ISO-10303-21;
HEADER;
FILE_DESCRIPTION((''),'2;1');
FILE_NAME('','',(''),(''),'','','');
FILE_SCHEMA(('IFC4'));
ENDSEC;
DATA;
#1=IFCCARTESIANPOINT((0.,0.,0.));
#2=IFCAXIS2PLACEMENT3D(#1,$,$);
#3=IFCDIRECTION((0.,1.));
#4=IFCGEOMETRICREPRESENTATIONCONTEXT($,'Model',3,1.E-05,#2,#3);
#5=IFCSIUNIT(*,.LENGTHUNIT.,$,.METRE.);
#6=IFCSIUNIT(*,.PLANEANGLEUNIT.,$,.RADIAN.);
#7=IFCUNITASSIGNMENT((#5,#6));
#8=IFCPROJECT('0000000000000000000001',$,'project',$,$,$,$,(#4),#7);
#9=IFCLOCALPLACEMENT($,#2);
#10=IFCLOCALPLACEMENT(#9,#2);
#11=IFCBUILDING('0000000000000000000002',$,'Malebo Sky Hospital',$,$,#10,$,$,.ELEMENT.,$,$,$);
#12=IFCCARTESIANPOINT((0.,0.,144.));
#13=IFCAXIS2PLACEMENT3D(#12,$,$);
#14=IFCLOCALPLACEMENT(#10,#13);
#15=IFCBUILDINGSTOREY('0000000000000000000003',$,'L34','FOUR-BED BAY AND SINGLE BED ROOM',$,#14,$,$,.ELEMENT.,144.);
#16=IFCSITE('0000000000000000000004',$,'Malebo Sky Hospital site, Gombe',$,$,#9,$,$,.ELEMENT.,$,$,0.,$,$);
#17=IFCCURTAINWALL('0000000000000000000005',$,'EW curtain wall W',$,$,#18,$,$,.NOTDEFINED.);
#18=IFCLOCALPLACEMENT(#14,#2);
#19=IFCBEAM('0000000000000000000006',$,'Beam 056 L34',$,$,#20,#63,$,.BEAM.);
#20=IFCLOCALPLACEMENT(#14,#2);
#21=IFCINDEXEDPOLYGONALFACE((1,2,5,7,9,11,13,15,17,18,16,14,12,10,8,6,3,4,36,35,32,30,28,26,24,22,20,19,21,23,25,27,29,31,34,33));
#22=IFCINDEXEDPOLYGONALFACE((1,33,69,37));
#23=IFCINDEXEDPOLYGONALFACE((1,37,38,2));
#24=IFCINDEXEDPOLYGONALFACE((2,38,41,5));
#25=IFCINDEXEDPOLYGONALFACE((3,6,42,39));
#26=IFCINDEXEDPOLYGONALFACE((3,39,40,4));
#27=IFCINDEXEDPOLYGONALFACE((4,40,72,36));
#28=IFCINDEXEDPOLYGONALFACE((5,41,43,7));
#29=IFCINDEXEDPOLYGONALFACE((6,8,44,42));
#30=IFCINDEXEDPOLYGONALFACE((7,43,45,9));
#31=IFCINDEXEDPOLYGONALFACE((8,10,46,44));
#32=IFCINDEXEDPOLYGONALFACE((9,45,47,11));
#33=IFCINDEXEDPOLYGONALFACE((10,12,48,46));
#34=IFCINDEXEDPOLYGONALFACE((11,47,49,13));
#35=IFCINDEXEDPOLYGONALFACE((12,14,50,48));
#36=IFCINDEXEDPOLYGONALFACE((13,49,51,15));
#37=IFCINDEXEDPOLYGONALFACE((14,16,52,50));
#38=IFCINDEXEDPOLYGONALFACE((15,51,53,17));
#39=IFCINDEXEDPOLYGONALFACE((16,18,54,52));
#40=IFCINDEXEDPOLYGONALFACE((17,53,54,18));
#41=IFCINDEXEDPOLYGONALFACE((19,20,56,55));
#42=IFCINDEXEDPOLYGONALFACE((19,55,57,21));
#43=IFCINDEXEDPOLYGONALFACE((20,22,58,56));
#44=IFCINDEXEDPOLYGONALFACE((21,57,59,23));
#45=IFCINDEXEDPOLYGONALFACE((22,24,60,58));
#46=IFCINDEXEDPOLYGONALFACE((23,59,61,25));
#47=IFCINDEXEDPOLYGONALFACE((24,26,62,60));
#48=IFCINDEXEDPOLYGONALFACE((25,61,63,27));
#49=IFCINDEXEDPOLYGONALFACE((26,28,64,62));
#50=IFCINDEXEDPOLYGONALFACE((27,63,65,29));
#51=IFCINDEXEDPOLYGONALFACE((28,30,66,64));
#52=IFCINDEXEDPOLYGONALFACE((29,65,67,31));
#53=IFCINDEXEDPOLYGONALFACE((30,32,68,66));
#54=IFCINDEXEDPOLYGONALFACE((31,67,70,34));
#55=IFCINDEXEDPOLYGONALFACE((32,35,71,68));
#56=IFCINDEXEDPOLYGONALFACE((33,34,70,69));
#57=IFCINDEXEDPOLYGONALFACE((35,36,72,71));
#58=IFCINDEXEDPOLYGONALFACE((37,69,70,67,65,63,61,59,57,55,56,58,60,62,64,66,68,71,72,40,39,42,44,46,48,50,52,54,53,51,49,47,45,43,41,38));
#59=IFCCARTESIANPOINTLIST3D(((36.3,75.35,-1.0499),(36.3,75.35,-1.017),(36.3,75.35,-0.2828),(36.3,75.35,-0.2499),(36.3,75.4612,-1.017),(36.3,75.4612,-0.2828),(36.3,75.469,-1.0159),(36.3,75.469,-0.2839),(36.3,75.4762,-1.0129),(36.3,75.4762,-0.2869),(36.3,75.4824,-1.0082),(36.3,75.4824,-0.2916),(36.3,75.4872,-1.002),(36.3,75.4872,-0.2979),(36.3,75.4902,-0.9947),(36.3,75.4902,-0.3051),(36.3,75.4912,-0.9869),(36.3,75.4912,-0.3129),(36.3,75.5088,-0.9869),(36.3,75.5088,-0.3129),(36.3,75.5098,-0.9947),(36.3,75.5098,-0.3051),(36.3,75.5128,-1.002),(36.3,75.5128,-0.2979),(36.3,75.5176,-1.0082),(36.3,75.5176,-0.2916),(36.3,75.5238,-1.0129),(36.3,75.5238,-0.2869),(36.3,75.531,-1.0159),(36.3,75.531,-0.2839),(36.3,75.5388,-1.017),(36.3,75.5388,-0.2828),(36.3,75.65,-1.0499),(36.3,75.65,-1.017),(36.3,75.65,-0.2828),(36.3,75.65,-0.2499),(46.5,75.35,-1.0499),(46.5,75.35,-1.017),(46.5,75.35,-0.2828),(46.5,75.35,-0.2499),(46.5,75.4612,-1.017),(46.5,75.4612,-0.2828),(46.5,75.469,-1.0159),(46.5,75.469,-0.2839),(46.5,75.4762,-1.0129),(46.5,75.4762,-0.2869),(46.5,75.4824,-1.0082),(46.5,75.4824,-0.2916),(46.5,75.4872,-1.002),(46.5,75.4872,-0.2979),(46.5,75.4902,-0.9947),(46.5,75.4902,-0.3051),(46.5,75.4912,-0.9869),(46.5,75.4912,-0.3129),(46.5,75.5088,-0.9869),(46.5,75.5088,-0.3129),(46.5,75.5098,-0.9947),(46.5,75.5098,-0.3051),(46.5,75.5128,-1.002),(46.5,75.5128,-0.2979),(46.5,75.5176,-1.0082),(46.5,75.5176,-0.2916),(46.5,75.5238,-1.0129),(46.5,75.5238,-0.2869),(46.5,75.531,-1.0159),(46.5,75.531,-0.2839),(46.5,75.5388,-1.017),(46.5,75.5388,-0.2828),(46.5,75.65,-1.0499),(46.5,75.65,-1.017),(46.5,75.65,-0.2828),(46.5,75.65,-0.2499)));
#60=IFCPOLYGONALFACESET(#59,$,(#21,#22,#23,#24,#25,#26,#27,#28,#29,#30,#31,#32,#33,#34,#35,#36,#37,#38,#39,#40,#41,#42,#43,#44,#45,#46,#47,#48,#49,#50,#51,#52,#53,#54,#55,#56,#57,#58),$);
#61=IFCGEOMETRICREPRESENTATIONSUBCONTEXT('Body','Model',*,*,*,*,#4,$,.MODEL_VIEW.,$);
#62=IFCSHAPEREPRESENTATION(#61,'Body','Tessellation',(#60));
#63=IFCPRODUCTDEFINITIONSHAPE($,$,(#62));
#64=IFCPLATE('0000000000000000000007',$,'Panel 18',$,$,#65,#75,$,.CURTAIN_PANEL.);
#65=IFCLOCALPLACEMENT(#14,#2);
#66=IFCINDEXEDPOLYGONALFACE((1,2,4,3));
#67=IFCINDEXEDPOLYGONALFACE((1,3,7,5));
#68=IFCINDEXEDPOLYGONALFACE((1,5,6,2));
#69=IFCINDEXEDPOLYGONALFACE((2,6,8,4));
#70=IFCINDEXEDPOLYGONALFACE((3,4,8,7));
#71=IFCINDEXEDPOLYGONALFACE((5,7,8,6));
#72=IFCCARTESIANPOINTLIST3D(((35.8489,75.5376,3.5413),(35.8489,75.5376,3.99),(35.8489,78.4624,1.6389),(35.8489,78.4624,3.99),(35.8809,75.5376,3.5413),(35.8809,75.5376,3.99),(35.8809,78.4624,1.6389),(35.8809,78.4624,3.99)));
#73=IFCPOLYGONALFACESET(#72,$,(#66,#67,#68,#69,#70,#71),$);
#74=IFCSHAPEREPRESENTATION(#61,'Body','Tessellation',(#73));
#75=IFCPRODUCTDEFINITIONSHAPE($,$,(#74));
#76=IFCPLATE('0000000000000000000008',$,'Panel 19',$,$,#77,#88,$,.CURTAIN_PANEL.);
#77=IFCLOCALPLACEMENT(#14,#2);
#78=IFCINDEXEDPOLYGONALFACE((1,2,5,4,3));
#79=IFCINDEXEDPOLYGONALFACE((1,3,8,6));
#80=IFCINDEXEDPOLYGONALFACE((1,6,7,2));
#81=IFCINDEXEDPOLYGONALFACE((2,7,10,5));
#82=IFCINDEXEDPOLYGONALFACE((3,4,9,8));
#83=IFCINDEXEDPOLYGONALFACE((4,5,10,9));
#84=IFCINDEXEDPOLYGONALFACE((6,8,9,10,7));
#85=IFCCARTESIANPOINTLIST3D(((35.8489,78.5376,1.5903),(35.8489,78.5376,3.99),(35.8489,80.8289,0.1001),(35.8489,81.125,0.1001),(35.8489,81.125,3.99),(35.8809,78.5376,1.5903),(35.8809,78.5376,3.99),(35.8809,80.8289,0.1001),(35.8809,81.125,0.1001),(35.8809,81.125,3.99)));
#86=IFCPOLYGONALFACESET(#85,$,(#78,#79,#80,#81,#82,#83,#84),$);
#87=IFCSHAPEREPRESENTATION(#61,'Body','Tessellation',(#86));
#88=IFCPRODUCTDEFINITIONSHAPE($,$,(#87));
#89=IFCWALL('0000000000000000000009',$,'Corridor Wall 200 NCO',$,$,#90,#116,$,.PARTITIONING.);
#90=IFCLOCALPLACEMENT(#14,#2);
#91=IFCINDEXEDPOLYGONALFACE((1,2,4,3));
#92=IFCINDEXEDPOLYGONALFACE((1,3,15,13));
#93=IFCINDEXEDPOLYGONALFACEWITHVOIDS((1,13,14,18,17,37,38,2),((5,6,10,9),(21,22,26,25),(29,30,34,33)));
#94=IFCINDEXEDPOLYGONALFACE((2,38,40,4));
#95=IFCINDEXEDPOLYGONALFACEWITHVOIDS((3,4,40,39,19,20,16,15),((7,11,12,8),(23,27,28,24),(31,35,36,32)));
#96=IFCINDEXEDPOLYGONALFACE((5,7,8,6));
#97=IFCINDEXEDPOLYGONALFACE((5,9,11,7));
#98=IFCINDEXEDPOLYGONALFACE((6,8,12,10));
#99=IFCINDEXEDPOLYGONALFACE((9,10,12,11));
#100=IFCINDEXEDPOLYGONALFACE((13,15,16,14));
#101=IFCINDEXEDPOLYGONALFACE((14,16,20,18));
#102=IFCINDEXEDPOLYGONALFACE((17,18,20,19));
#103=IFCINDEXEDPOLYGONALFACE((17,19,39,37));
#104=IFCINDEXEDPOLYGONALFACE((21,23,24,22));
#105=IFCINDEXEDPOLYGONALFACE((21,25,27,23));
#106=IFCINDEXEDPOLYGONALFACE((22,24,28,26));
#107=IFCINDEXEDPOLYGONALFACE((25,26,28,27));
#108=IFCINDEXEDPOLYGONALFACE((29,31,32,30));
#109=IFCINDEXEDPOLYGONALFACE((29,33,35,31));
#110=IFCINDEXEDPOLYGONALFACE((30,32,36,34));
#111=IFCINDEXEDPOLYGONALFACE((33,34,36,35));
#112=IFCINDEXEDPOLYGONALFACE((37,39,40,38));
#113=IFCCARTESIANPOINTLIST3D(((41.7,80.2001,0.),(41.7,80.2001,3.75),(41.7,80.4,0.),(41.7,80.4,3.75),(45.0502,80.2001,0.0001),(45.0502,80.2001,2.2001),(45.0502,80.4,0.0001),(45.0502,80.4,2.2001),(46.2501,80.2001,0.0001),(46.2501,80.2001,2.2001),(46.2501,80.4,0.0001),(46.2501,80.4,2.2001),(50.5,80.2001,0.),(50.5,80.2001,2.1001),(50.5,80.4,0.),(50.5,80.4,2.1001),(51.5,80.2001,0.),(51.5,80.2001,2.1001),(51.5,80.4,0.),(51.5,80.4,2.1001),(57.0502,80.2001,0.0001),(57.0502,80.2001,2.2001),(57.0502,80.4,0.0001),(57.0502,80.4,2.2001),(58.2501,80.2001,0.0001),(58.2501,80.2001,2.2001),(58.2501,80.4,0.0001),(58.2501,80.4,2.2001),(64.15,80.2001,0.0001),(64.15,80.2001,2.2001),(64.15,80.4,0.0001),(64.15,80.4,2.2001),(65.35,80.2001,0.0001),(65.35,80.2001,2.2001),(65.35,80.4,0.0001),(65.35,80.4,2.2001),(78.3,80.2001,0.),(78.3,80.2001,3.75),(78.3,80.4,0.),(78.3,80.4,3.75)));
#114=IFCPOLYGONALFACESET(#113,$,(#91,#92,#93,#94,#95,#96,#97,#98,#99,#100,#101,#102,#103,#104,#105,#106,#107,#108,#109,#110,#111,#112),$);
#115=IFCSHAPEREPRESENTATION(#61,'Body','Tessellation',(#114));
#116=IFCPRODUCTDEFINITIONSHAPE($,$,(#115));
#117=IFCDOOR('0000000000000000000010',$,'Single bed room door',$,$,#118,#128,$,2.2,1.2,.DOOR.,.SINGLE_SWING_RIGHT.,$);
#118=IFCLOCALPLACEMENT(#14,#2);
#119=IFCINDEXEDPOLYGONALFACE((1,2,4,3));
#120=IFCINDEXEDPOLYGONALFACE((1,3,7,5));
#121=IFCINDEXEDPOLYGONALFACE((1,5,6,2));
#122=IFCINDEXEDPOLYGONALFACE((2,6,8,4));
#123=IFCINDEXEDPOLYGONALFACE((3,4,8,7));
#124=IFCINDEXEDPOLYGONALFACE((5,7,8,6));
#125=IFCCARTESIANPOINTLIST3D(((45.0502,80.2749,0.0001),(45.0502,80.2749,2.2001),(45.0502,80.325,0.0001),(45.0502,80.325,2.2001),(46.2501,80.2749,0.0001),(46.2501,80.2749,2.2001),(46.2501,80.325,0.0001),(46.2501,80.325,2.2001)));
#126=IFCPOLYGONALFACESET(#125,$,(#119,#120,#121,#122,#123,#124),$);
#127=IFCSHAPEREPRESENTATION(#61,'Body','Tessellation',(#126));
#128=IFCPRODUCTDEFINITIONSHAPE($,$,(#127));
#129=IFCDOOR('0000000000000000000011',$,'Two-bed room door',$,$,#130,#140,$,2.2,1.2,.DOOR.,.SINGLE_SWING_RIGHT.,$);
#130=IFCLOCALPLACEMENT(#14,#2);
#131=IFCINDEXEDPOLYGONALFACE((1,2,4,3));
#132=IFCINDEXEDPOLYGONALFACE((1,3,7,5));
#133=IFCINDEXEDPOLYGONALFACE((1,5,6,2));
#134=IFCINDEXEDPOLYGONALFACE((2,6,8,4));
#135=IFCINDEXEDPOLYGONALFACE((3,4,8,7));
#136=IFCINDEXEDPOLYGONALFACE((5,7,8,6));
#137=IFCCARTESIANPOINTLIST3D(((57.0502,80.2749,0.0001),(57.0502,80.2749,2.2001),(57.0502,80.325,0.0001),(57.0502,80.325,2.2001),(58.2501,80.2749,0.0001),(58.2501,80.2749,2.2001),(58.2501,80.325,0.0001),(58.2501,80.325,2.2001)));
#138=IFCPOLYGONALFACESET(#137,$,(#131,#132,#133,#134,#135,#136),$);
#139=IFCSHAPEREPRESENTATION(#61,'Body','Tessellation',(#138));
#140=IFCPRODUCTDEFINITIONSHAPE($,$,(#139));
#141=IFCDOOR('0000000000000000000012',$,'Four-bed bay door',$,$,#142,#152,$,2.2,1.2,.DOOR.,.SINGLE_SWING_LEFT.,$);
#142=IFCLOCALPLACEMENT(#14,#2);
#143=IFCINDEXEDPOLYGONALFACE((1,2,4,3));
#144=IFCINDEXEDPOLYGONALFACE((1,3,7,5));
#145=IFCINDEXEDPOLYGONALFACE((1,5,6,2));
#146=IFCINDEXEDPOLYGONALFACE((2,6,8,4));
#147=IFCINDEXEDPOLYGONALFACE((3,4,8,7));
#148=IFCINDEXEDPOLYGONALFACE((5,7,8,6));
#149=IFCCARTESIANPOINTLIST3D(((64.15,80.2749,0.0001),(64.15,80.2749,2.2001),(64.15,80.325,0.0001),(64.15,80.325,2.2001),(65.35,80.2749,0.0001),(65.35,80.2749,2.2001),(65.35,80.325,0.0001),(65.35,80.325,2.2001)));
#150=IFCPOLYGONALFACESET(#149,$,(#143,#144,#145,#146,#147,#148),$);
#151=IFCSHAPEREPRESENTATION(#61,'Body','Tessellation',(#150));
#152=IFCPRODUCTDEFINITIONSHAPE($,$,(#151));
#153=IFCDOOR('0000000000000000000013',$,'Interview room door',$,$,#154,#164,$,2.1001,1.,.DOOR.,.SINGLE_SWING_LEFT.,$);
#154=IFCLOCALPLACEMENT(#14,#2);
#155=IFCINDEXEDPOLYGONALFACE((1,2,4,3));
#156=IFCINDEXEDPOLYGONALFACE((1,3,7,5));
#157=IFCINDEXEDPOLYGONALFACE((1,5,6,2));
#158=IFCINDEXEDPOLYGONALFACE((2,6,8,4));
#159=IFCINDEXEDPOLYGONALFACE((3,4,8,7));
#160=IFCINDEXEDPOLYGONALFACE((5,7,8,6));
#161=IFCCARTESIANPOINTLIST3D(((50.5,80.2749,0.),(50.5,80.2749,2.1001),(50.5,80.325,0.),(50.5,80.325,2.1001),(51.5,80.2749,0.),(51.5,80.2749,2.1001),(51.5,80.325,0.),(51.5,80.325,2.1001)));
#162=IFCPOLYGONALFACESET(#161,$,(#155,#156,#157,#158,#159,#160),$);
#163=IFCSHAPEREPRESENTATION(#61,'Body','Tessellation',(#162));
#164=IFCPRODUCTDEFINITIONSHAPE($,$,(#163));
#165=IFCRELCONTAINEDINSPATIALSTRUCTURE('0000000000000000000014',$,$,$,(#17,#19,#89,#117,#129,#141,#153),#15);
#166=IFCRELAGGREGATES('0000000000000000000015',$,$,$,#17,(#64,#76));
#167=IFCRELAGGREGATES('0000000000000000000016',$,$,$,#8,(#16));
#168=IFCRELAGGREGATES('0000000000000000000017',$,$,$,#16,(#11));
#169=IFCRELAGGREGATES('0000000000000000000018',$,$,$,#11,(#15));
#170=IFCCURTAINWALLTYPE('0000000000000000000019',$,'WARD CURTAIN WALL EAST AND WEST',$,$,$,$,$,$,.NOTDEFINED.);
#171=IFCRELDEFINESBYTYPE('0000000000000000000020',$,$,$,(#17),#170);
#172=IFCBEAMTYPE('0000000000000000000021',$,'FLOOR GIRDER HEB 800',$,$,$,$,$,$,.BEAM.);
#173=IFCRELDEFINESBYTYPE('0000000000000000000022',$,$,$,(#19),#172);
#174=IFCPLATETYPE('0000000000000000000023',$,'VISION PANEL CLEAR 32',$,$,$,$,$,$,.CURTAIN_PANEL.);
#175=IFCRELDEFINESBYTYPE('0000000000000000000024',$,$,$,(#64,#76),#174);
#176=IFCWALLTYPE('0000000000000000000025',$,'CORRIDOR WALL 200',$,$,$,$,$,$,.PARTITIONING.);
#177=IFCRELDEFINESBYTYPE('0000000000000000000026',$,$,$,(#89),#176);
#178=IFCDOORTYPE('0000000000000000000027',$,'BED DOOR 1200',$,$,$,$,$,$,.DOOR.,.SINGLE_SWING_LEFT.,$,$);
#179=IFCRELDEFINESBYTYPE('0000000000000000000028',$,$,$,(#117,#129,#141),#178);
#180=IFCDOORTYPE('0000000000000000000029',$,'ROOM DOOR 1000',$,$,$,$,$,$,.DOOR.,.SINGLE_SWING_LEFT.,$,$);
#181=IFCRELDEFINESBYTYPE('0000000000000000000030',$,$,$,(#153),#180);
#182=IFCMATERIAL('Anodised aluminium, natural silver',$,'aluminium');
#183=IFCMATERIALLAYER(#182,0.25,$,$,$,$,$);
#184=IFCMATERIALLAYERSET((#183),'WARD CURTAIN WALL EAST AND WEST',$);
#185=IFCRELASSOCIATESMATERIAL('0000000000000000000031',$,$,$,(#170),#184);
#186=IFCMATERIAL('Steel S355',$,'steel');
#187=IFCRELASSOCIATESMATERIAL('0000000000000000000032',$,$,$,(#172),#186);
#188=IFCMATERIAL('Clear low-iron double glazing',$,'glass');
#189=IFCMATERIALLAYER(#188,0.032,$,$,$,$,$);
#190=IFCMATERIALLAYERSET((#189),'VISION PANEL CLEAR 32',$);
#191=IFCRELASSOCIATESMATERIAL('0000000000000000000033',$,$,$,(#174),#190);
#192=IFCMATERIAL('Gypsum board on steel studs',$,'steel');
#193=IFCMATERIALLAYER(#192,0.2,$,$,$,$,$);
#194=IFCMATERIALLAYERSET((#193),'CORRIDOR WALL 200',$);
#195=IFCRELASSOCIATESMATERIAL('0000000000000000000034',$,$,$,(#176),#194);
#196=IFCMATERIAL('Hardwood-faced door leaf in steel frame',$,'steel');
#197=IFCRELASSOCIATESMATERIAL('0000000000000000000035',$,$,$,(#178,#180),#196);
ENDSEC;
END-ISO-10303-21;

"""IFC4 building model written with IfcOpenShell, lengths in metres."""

from ifc_helpers import new_model, si_unit, direction, frame, frame_2d, origin, origin_2d, place, context, subcontext, project, spatial, polyline, rectangle, i_section, outline, extrude, material, layer, layer_set, material_profile, profile_set, type_object, element, fill, aggregate, save


model = new_model("IFC4")

# Units and contexts
model_context = context("Model", 3, precision=1e-05, world=origin(), true_north=direction((0.0, 1.0)))
body_context = subcontext(model_context, "Body", "Model", "MODEL_VIEW")
ifc_project = project(units=[si_unit("LENGTHUNIT", "METRE"), si_unit("PLANEANGLEUNIT", "RADIAN")], contexts=[model_context])

# Site, building, storey
site_placement = place(None, origin())
site = spatial("IfcSite", under=ifc_project, at=site_placement, Name="Malebo Sky Hospital site, Gombe", CompositionType="ELEMENT", RefElevation=0.0)
building_placement = place(site_placement, origin())
building = spatial("IfcBuilding", under=site, at=building_placement, Name="Malebo Sky Hospital", CompositionType="ELEMENT")
storey_placement = place(building_placement, frame((0.0, 0.0, 144.0)))
storey = spatial("IfcBuildingStorey", under=building, at=storey_placement, Name="L34", Description="FOUR-BED BAY AND SINGLE BED ROOM", CompositionType="ELEMENT", Elevation=144.0)

# Curtain wall
ifc_material_1 = material(Name="Anodised aluminium, natural silver", Category="aluminium")
ifc_layer_1 = layer(ifc_material_1, 0.25)
ifc_layer_set_1 = layer_set([ifc_layer_1], Name="WARD CURTAIN WALL EAST AND WEST")
curtain_wall_type = type_object("IfcCurtainWallType", Name="WARD CURTAIN WALL EAST AND WEST", PredefinedType="NOTDEFINED", material=ifc_layer_set_1)
curtain_wall_placement = place(storey_placement, origin())
curtain_wall = element("IfcCurtainWall", 1, at=curtain_wall_placement, inside=storey, type_object=curtain_wall_type, Name="EW curtain wall W", PredefinedType="NOTDEFINED")

# Shared definitions
ifc_material_2 = material(Name="Steel S355", Category="steel")

# Beam
ifc_material_profile_1 = material_profile(ifc_material_2, i_section(OverallWidth=0.3, OverallDepth=0.8, WebThickness=0.0176, FlangeThickness=0.033, FilletRadius=0.03, at=origin_2d()), Name="HEB 800")
ifc_profile_set_1 = profile_set([ifc_material_profile_1], Name="Steel S355")
beam_type_1 = type_object("IfcBeamType", Name="FLOOR GIRDER HEB 800", PredefinedType="BEAM", material=ifc_profile_set_1)
beam_1_placement = place(storey_placement, frame((36.3, 75.5, -0.6499), z_axis=(1.0, 0.0, 0.0), x_axis=(0.0, 1.0, 0.0)))
element("IfcBeam", 2, at=beam_1_placement, inside=storey, type_object=beam_type_1, Name="Beam 056 L34", PredefinedType="BEAM", context=body_context, shape_type="SweptSolid", body=[
    extrude(i_section(OverallWidth=0.3, OverallDepth=0.8, WebThickness=0.0176, FlangeThickness=0.033, FilletRadius=0.03, at=origin_2d()), origin(), (0.0, 0.0, 1.0), 10.2),
])

# Plates
ifc_material_3 = material(Name="Clear low-iron double glazing", Category="glass")
ifc_layer_2 = layer(ifc_material_3, 0.032)
ifc_layer_set_2 = layer_set([ifc_layer_2], Name="VISION PANEL CLEAR 32")
plate_type = type_object("IfcPlateType", Name="VISION PANEL CLEAR 32", PredefinedType="CURTAIN_PANEL", material=ifc_layer_set_2)
plate_1_placement = place(storey_placement, frame((35.865, 77.0, 1.6389), z_axis=(0.0, 0.0, 1.0), x_axis=(0.0, 1.0, 0.0)))
plate_1 = element("IfcPlate", 3, at=plate_1_placement, type_object=plate_type, Name="Panel 18", PredefinedType="CURTAIN_PANEL", context=body_context, shape_type="SweptSolid", body=[
    extrude(outline(polyline([(1.4624, 0.0), (1.4624, 2.3511), (-1.4624, 2.3511), (-1.4624, 1.9023), (1.4624, 0.0)])), frame((0.0, 0.0161, 0.0), z_axis=(0.0, -1.0, 0.0), x_axis=(1.0, 0.0, 0.0)), (0.0, 0.0, 1.0), 0.032),
])
plate_2_placement = place(storey_placement, frame((35.865, 79.8313, 0.1001), z_axis=(0.0, 0.0, 1.0), x_axis=(0.0, 1.0, 0.0)))
plate_2 = element("IfcPlate", 4, at=plate_2_placement, type_object=plate_type, Name="Panel 19", PredefinedType="CURTAIN_PANEL", context=body_context, shape_type="SweptSolid", body=[
    extrude(outline(polyline([(0.9976, 0.0), (1.2937, 0.0), (1.2937, 3.8899), (-1.2937, 3.8899), (-1.2937, 1.4902), (0.9976, 0.0)])), frame((0.0, 0.0161, 0.0), z_axis=(0.0, -1.0, 0.0), x_axis=(1.0, 0.0, 0.0)), (0.0, 0.0, 1.0), 0.032),
])
aggregate(curtain_wall, [plate_1, plate_2])

# Wall, openings, doors
ifc_material_4 = material(Name="Gypsum board on steel studs", Category="steel")
ifc_layer_3 = layer(ifc_material_4, 0.2)
ifc_layer_set_3 = layer_set([ifc_layer_3], Name="CORRIDOR WALL 200")
wall_type_1 = type_object("IfcWallType", Name="CORRIDOR WALL 200", PredefinedType="PARTITIONING", material=ifc_layer_set_3)
wall_1_placement = place(storey_placement, frame((41.7, 80.3, 0.0), z_axis=(0.0, 0.0, 1.0), x_axis=(1.0, 0.0, 0.0)))
wall_1 = element("IfcWall", 5, at=wall_1_placement, inside=storey, type_object=wall_type_1, Name="Corridor Wall 200 NCO", PredefinedType="PARTITIONING", context=body_context, shape_type="SweptSolid", body=[
    extrude(rectangle(XDim=36.6001, YDim=0.2, at=frame_2d((18.3, 0.0))), origin(), (0.0, 0.0, 1.0), 3.75),
])
opening_1_placement = place(wall_1_placement, frame((3.3501, 0.0, 0.0)))
opening_1 = element("IfcOpeningElement", 6, at=opening_1_placement, cuts=wall_1, PredefinedType="OPENING", context=body_context, shape_type="SweptSolid", body=[
    extrude(rectangle(XDim=1.2, YDim=2.2, at=frame_2d((0.6001, 1.1001))), frame((0.0, 0.1099, 0.0), z_axis=(0.0, -1.0, 0.0), x_axis=(1.0, 0.0, 0.0)), (0.0, 0.0, 1.0), 0.22),
])
opening_2_placement = place(wall_1_placement, frame((8.8, 0.0, 0.0)))
opening_2 = element("IfcOpeningElement", 7, at=opening_2_placement, cuts=wall_1, PredefinedType="OPENING", context=body_context, shape_type="SweptSolid", body=[
    extrude(rectangle(XDim=1.0, YDim=2.1001, at=frame_2d((0.5, 1.05))), frame((0.0, 0.1099, 0.0), z_axis=(0.0, -1.0, 0.0), x_axis=(1.0, 0.0, 0.0)), (0.0, 0.0, 1.0), 0.22),
])
opening_3_placement = place(wall_1_placement, frame((15.3501, 0.0, 0.0)))
opening_3 = element("IfcOpeningElement", 8, at=opening_3_placement, cuts=wall_1, PredefinedType="OPENING", context=body_context, shape_type="SweptSolid", body=[
    extrude(rectangle(XDim=1.2, YDim=2.2, at=frame_2d((0.6001, 1.1001))), frame((0.0, 0.1099, 0.0), z_axis=(0.0, -1.0, 0.0), x_axis=(1.0, 0.0, 0.0)), (0.0, 0.0, 1.0), 0.22),
])
opening_4_placement = place(wall_1_placement, frame((22.45, 0.0, 0.0)))
opening_4 = element("IfcOpeningElement", 9, at=opening_4_placement, cuts=wall_1, PredefinedType="OPENING", context=body_context, shape_type="SweptSolid", body=[
    extrude(rectangle(XDim=1.2, YDim=2.2, at=frame_2d((0.6001, 1.1001))), frame((0.0, 0.1099, 0.0), z_axis=(0.0, -1.0, 0.0), x_axis=(1.0, 0.0, 0.0)), (0.0, 0.0, 1.0), 0.22),
])
ifc_material_5 = material(Name="Hardwood-faced door leaf in steel frame", Category="steel")
door_type_1 = type_object("IfcDoorType", Name="BED DOOR 1200", OperationType="SINGLE_SWING_LEFT", PredefinedType="DOOR", material=ifc_material_5)
door_1_placement = place(opening_1_placement, origin())
door_1 = element("IfcDoor", 10, at=door_1_placement, inside=storey, type_object=door_type_1, Name="Single bed room door", OperationType="SINGLE_SWING_RIGHT", OverallHeight=2.2, OverallWidth=1.2, PredefinedType="DOOR", context=body_context, shape_type="SweptSolid", body=[
    extrude(rectangle(XDim=1.2, YDim=2.2, at=frame_2d((0.6001, 1.1001))), frame((0.0, 0.0249, 0.0), z_axis=(0.0, -1.0, 0.0), x_axis=(1.0, 0.0, 0.0)), (0.0, 0.0, 1.0), 0.05),
])
fill(opening_1, door_1)
door_2_placement = place(opening_3_placement, origin())
door_2 = element("IfcDoor", 11, at=door_2_placement, inside=storey, type_object=door_type_1, Name="Two-bed room door", OperationType="SINGLE_SWING_RIGHT", OverallHeight=2.2, OverallWidth=1.2, PredefinedType="DOOR", context=body_context, shape_type="SweptSolid", body=[
    extrude(rectangle(XDim=1.2, YDim=2.2, at=frame_2d((0.6001, 1.1001))), frame((0.0, 0.0249, 0.0), z_axis=(0.0, -1.0, 0.0), x_axis=(1.0, 0.0, 0.0)), (0.0, 0.0, 1.0), 0.05),
])
fill(opening_3, door_2)
door_3_placement = place(opening_4_placement, origin())
door_3 = element("IfcDoor", 12, at=door_3_placement, inside=storey, type_object=door_type_1, Name="Four-bed bay door", OperationType="SINGLE_SWING_LEFT", OverallHeight=2.2, OverallWidth=1.2, PredefinedType="DOOR", context=body_context, shape_type="SweptSolid", body=[
    extrude(rectangle(XDim=1.2, YDim=2.2, at=frame_2d((0.6001, 1.1001))), frame((0.0, 0.0249, 0.0), z_axis=(0.0, -1.0, 0.0), x_axis=(1.0, 0.0, 0.0)), (0.0, 0.0, 1.0), 0.05),
])
fill(opening_4, door_3)
door_type_2 = type_object("IfcDoorType", Name="ROOM DOOR 1000", OperationType="SINGLE_SWING_LEFT", PredefinedType="DOOR", material=ifc_material_5)
door_4_placement = place(opening_2_placement, origin())
door_4 = element("IfcDoor", 13, at=door_4_placement, inside=storey, type_object=door_type_2, Name="Interview room door", OperationType="SINGLE_SWING_LEFT", OverallHeight=2.1001, OverallWidth=1.0, PredefinedType="DOOR", context=body_context, shape_type="SweptSolid", body=[
    extrude(rectangle(XDim=1.0, YDim=2.1001, at=frame_2d((0.5, 1.05))), frame((0.0, 0.0249, 0.0), z_axis=(0.0, -1.0, 0.0), x_axis=(1.0, 0.0, 0.0)), (0.0, 0.0, 1.0), 0.05),
])
fill(opening_2, door_4)

save(model, "model.ifc")
